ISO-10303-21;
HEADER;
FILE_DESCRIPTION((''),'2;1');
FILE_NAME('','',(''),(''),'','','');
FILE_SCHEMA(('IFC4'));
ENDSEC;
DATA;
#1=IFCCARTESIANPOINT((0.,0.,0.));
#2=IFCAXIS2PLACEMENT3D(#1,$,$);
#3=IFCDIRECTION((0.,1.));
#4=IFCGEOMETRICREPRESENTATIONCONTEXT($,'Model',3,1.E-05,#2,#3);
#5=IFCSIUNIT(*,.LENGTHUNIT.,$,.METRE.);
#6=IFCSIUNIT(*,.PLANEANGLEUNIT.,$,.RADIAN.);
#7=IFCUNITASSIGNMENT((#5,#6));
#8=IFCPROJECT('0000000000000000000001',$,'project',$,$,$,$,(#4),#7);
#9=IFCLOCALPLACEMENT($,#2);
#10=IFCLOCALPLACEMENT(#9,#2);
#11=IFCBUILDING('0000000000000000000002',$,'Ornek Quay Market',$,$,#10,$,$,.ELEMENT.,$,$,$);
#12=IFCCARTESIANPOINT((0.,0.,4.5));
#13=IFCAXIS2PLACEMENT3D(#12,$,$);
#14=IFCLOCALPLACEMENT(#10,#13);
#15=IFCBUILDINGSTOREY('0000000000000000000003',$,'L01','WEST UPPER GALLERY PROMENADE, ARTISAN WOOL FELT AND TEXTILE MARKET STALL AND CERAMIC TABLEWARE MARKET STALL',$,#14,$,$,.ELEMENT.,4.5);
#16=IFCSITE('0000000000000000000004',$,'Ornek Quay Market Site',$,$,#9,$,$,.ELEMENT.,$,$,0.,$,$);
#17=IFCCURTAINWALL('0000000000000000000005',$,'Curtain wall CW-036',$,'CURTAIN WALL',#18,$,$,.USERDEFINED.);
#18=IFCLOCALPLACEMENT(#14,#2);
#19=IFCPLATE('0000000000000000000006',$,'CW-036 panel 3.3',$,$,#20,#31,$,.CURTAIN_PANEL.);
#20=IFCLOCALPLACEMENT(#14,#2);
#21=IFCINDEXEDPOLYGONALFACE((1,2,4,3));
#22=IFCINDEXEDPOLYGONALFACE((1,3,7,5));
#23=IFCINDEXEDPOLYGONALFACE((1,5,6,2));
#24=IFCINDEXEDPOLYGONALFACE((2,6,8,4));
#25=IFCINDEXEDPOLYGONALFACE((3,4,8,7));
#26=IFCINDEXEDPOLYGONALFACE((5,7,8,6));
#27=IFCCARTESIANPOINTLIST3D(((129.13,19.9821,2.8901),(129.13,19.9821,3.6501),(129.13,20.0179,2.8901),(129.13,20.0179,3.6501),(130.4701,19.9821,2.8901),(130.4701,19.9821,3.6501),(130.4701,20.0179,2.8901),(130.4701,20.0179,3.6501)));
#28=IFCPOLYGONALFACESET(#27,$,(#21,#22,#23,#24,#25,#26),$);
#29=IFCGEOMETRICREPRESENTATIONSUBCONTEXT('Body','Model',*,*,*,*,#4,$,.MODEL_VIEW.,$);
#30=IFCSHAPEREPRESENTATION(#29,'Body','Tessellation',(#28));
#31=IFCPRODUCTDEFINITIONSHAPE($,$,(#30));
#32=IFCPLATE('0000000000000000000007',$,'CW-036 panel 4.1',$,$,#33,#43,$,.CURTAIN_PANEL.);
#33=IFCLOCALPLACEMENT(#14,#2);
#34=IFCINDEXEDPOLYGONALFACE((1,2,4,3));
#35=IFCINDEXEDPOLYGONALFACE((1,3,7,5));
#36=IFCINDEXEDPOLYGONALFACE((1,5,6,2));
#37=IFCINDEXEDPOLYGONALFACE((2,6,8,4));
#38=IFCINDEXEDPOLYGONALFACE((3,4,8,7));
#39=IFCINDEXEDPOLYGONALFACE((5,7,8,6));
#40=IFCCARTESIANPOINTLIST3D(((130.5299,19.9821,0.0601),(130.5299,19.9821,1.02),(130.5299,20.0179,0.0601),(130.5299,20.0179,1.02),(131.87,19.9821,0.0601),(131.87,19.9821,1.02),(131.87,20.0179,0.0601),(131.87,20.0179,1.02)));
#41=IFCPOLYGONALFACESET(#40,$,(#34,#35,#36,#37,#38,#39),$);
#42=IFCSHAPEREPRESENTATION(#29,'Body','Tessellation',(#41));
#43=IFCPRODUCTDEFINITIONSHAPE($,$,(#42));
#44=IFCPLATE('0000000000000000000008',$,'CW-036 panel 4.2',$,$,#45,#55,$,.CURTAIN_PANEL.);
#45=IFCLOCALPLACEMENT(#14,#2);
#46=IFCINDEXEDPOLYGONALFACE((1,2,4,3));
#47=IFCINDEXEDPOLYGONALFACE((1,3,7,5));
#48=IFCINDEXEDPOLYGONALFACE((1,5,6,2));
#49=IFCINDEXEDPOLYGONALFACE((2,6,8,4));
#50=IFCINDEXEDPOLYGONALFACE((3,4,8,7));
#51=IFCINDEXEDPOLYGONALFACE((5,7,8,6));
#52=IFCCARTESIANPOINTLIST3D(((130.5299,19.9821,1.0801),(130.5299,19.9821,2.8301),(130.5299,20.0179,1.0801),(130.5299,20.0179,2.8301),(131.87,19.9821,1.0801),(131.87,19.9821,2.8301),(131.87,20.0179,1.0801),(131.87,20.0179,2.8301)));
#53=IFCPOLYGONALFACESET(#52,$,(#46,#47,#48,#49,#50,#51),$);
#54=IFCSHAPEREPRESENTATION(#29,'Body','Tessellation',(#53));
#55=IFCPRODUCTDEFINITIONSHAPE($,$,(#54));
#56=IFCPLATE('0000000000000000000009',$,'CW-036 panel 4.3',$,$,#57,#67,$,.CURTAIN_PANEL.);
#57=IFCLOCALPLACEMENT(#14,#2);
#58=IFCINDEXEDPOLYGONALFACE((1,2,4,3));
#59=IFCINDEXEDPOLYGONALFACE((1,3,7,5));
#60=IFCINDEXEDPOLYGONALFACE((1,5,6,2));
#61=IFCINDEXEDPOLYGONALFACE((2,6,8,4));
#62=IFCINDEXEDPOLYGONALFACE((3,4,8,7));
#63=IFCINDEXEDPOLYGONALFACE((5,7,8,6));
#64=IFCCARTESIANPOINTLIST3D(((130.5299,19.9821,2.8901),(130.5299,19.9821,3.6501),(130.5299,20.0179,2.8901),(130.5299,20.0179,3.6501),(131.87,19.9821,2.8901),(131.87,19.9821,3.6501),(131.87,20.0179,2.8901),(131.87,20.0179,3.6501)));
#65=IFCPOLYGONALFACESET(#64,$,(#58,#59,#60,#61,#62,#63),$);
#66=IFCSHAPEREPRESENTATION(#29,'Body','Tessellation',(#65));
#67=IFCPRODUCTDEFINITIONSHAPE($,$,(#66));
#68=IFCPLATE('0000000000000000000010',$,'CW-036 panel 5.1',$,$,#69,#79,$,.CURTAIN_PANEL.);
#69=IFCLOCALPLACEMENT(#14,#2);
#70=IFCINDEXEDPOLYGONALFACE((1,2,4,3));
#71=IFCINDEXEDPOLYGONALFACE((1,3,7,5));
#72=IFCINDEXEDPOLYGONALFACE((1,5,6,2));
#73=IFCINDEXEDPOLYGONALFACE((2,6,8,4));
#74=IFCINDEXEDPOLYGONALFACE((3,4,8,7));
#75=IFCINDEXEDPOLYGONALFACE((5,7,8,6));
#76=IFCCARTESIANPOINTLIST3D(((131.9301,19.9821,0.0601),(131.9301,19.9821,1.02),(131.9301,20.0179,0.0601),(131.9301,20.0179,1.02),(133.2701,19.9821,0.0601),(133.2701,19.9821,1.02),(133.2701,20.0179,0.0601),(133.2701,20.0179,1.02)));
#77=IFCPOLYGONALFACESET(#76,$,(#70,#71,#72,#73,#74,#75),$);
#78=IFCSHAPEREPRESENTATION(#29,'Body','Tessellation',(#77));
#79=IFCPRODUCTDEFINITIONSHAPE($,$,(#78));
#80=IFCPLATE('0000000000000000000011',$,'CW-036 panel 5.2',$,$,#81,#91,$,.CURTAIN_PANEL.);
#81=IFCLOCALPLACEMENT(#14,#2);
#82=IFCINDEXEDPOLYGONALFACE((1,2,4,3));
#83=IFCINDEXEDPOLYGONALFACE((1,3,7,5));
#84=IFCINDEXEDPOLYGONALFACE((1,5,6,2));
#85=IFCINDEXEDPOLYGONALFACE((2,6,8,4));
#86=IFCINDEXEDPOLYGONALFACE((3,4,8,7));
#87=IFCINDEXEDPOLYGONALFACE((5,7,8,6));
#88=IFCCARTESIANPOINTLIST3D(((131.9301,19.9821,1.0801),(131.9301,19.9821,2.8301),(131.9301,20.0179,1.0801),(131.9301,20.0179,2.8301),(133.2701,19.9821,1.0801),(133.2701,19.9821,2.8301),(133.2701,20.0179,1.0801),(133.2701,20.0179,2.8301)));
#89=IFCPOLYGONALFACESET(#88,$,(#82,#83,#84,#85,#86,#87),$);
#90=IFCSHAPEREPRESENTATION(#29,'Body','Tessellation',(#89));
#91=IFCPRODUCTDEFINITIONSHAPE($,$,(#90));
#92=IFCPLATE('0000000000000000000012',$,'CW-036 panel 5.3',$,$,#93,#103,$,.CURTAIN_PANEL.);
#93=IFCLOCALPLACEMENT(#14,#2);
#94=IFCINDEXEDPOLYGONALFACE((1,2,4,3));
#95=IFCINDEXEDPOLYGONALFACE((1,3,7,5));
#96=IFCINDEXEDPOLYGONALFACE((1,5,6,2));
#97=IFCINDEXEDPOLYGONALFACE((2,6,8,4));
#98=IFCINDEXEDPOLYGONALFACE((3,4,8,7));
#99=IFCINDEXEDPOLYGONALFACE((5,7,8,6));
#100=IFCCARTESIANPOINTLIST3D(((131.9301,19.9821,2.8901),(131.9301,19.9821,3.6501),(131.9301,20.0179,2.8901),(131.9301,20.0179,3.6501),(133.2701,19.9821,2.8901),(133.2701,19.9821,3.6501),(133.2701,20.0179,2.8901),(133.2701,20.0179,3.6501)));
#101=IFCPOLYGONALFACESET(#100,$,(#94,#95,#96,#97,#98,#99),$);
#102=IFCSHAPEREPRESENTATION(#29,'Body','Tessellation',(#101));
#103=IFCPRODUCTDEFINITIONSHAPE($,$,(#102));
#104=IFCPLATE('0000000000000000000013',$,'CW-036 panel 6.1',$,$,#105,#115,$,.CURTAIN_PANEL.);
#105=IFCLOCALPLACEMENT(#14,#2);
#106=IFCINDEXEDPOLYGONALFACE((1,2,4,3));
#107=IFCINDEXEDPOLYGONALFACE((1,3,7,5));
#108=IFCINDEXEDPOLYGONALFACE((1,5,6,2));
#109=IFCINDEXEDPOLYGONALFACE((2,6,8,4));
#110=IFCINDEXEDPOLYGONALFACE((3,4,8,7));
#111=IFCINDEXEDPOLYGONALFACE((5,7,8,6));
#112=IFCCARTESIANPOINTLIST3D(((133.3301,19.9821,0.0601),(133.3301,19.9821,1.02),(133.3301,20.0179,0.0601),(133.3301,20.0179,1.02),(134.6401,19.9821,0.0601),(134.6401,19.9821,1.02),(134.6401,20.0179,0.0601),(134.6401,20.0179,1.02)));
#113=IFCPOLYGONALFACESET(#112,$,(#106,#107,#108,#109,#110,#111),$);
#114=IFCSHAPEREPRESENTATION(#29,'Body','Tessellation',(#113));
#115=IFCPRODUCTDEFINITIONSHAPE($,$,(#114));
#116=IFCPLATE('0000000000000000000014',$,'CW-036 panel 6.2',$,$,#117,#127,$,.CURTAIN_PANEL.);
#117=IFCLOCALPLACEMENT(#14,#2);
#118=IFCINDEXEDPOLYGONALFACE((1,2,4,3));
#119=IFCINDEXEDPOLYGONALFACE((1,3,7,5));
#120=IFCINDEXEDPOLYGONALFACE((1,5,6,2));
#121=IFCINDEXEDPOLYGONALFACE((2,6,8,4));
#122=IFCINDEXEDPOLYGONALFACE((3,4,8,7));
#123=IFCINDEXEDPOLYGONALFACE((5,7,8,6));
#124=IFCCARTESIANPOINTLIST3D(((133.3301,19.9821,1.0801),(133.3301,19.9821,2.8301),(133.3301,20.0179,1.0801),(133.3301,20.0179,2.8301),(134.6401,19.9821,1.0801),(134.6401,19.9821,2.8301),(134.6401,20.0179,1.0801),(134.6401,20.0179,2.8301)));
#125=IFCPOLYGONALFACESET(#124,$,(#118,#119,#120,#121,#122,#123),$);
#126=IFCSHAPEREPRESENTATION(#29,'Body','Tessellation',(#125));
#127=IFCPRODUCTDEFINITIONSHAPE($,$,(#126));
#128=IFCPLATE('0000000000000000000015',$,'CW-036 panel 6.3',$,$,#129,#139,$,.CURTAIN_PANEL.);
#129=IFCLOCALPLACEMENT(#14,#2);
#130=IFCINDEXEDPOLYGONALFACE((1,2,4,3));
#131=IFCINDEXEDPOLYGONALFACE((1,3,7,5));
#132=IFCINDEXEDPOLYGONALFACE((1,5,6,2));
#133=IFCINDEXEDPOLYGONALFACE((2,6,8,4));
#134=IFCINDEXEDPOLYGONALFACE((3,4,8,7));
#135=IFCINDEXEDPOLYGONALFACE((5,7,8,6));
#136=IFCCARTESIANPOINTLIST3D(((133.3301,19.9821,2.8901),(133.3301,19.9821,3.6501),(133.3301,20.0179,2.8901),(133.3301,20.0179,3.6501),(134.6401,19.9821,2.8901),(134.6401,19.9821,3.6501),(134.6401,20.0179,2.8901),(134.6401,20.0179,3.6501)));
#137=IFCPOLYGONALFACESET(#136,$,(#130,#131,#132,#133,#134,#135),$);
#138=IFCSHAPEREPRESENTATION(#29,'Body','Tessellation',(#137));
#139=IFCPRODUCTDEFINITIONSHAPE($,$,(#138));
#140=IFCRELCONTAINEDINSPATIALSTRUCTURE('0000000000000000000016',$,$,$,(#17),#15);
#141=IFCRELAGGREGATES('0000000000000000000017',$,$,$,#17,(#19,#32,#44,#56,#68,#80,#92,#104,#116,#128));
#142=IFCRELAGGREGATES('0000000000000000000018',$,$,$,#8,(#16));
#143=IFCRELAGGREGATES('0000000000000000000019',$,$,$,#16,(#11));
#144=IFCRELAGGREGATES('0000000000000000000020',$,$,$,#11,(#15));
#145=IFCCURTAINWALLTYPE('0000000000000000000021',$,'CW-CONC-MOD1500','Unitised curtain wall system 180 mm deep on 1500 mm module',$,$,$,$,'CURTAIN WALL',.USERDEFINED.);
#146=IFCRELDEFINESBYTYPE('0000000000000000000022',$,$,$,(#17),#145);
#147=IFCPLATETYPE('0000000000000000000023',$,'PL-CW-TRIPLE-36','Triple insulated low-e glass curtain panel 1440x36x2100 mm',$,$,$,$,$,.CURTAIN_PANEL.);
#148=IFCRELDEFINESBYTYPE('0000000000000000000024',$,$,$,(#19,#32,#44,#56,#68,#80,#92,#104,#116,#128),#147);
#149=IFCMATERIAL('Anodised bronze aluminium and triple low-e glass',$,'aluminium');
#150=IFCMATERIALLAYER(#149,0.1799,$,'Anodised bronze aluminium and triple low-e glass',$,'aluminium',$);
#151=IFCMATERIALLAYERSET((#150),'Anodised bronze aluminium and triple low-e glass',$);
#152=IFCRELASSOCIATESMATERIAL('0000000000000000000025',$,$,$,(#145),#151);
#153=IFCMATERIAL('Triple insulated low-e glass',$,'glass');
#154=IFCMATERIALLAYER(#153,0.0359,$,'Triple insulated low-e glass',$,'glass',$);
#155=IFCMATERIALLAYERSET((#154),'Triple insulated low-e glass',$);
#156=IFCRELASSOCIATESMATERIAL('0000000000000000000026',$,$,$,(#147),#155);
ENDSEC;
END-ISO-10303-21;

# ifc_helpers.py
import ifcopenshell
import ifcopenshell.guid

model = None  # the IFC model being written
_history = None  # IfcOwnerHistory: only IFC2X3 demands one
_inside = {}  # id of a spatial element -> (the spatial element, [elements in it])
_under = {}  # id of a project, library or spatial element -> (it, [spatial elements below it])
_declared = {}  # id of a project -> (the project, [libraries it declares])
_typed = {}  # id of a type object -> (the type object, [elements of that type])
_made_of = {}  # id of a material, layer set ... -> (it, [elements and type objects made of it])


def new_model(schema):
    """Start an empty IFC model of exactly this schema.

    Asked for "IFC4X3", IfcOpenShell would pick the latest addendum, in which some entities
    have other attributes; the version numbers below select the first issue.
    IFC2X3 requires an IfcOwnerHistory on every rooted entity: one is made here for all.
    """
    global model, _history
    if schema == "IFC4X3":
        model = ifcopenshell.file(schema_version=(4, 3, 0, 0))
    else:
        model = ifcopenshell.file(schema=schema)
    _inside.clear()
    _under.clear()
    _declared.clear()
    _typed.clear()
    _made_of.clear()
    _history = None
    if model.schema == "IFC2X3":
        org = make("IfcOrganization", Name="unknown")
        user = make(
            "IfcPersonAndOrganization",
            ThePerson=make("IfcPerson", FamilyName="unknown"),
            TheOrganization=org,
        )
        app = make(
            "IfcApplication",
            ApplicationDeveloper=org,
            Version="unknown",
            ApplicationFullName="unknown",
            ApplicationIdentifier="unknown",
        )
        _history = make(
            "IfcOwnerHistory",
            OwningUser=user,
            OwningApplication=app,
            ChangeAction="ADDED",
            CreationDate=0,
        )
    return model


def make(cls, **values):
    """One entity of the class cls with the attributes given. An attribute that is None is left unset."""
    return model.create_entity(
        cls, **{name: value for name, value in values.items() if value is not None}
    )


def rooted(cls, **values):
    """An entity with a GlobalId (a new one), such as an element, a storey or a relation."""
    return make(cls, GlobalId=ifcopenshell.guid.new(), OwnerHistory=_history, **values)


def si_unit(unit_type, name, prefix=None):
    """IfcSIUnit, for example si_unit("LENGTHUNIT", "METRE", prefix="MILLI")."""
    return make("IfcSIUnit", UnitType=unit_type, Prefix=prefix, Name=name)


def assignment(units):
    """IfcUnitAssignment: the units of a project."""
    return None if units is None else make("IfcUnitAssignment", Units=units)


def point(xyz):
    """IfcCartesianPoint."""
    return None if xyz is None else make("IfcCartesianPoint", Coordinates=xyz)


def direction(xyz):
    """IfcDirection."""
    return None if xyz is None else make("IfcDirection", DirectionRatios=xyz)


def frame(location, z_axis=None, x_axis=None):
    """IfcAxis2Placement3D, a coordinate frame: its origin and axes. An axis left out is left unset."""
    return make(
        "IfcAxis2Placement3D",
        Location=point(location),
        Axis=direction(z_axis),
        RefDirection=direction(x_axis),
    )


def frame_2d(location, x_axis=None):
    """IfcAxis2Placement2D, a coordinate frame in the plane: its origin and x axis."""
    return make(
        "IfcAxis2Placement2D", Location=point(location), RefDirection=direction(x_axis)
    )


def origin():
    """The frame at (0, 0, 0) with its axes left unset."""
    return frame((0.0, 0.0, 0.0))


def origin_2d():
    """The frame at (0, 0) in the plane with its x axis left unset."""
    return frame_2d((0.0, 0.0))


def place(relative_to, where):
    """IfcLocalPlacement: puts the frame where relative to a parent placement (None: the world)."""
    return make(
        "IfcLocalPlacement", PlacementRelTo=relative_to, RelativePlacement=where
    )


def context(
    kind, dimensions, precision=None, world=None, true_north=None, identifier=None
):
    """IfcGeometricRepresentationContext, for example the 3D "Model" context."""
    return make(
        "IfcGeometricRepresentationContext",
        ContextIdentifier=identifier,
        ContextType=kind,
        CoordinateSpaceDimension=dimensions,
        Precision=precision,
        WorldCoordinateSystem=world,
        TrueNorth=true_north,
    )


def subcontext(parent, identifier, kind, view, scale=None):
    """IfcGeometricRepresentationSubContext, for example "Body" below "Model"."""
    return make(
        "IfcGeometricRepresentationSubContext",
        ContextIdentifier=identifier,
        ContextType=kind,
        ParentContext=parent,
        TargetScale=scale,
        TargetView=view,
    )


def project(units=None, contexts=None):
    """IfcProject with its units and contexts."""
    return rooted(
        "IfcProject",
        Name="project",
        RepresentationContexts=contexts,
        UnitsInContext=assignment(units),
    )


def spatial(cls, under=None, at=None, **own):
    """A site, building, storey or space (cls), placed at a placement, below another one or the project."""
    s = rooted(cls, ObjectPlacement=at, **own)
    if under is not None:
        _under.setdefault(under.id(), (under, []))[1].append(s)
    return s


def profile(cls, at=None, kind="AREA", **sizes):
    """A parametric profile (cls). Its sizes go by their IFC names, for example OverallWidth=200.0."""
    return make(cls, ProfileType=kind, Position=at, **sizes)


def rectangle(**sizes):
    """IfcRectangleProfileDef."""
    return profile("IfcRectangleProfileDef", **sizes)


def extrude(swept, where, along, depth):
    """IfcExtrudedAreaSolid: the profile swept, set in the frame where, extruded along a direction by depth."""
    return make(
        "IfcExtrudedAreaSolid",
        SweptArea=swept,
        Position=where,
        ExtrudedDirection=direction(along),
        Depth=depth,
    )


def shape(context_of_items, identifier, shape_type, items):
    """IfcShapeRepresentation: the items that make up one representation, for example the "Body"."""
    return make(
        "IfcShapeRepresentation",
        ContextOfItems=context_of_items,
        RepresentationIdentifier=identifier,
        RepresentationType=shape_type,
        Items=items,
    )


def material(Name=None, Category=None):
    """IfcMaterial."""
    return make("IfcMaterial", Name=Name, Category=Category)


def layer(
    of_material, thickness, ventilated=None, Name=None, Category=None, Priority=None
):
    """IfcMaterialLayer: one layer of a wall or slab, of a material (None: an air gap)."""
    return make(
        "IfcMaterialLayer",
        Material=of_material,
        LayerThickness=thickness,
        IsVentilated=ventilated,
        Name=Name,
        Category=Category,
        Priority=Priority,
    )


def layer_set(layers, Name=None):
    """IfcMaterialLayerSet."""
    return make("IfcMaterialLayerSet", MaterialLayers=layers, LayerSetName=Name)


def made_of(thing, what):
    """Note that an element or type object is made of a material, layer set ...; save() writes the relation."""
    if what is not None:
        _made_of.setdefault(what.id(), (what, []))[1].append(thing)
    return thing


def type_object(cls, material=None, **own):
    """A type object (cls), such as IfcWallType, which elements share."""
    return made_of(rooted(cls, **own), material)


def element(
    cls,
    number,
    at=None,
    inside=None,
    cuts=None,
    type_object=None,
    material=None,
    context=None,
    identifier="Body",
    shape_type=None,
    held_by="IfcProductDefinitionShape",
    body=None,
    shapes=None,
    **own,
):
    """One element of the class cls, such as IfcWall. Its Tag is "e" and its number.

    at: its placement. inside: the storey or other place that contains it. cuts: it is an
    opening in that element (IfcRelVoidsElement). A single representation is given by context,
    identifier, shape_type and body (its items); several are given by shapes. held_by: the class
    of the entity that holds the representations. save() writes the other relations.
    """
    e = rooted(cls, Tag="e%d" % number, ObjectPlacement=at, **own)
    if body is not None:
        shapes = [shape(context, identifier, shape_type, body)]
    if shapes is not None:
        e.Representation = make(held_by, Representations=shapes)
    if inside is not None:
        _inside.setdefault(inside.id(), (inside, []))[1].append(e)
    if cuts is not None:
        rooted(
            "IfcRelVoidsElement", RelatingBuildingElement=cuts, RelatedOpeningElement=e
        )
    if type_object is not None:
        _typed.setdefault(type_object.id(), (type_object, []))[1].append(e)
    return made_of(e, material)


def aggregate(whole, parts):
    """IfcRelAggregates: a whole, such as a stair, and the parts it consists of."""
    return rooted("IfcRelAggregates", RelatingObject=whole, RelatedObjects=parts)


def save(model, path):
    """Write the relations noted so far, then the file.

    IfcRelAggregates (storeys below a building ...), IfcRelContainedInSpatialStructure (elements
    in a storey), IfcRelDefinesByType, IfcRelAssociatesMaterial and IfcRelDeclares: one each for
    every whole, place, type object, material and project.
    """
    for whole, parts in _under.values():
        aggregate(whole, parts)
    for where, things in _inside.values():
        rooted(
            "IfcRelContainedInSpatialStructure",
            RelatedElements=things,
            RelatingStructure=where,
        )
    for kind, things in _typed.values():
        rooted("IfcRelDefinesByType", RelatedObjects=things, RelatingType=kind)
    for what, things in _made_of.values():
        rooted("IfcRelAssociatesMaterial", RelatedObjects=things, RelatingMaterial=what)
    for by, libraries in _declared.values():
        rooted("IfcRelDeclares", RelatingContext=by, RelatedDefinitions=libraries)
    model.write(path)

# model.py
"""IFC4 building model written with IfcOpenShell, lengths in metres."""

from ifc_helpers import new_model, si_unit, direction, frame, origin, origin_2d, place, context, subcontext, project, spatial, rectangle, extrude, material, layer, layer_set, type_object, element, aggregate, save


model = new_model("IFC4")

# Units and contexts
model_context = context("Model", 3, precision=1e-05, world=origin(), true_north=direction((0.0, 1.0)))
body_context = subcontext(model_context, "Body", "Model", "MODEL_VIEW")
ifc_project = project(units=[si_unit("LENGTHUNIT", "METRE"), si_unit("PLANEANGLEUNIT", "RADIAN")], contexts=[model_context])

# Site, building, storey
site_placement = place(None, origin())
site = spatial("IfcSite", under=ifc_project, at=site_placement, Name="Ornek Quay Market Site", CompositionType="ELEMENT", RefElevation=0.0)
building_placement = place(site_placement, origin())
building = spatial("IfcBuilding", under=site, at=building_placement, Name="Ornek Quay Market", CompositionType="ELEMENT")
storey_placement = place(building_placement, frame((0.0, 0.0, 4.5)))
storey = spatial("IfcBuildingStorey", under=building, at=storey_placement, Name="L01", Description="WEST UPPER GALLERY PROMENADE, ARTISAN WOOL FELT AND TEXTILE MARKET STALL AND CERAMIC TABLEWARE MARKET STALL", CompositionType="ELEMENT", Elevation=4.5)

# Curtain wall
ifc_material_1 = material(Name="Anodised bronze aluminium and triple low-e glass", Category="aluminium")
ifc_layer_1 = layer(ifc_material_1, 0.1799, Name="Anodised bronze aluminium and triple low-e glass", Category="aluminium")
ifc_layer_set_1 = layer_set([ifc_layer_1], Name="Anodised bronze aluminium and triple low-e glass")
curtain_wall_type = type_object("IfcCurtainWallType", Name="CW-CONC-MOD1500", Description="Unitised curtain wall system 180 mm deep on 1500 mm module", ElementType="CURTAIN WALL", PredefinedType="USERDEFINED", material=ifc_layer_set_1)
curtain_wall_1_placement = place(storey_placement, origin())
curtain_wall_1 = element("IfcCurtainWall", 1, at=curtain_wall_1_placement, inside=storey, type_object=curtain_wall_type, Name="Curtain wall CW-036", ObjectType="CURTAIN WALL", PredefinedType="USERDEFINED")

# Plates
ifc_material_2 = material(Name="Triple insulated low-e glass", Category="glass")
ifc_layer_2 = layer(ifc_material_2, 0.0359, Name="Triple insulated low-e glass", Category="glass")
ifc_layer_set_2 = layer_set([ifc_layer_2], Name="Triple insulated low-e glass")
plate_type = type_object("IfcPlateType", Name="PL-CW-TRIPLE-36", Description="Triple insulated low-e glass curtain panel 1440x36x2100 mm", PredefinedType="CURTAIN_PANEL", material=ifc_layer_set_2)
plate_1_placement = place(storey_placement, frame((129.8, 20.0, 2.8901), z_axis=(0.0, 0.0, 1.0), x_axis=(1.0, 0.0, 0.0)))
plate_1 = element("IfcPlate", 2, at=plate_1_placement, type_object=plate_type, Name="CW-036 panel 3.3", PredefinedType="CURTAIN_PANEL", context=body_context, shape_type="SweptSolid", body=[
    extrude(rectangle(XDim=1.3401, YDim=0.0359, at=origin_2d()), origin(), (0.0, 0.0, 1.0), 0.76),
])
plate_2_placement = place(storey_placement, frame((131.2, 20.0, 0.0601), z_axis=(0.0, 0.0, 1.0), x_axis=(1.0, 0.0, 0.0)))
plate_2 = element("IfcPlate", 3, at=plate_2_placement, type_object=plate_type, Name="CW-036 panel 4.1", PredefinedType="CURTAIN_PANEL", context=body_context, shape_type="SweptSolid", body=[
    extrude(rectangle(XDim=1.3401, YDim=0.0359, at=origin_2d()), origin(), (0.0, 0.0, 1.0), 0.96),
])
plate_3_placement = place(storey_placement, frame((131.2, 20.0, 1.0801), z_axis=(0.0, 0.0, 1.0), x_axis=(1.0, 0.0, 0.0)))
plate_3 = element("IfcPlate", 4, at=plate_3_placement, type_object=plate_type, Name="CW-036 panel 4.2", PredefinedType="CURTAIN_PANEL", context=body_context, shape_type="SweptSolid", body=[
    extrude(rectangle(XDim=1.3401, YDim=0.0359, at=origin_2d()), origin(), (0.0, 0.0, 1.0), 1.75),
])
plate_4_placement = place(storey_placement, frame((131.2, 20.0, 2.8901), z_axis=(0.0, 0.0, 1.0), x_axis=(1.0, 0.0, 0.0)))
plate_4 = element("IfcPlate", 5, at=plate_4_placement, type_object=plate_type, Name="CW-036 panel 4.3", PredefinedType="CURTAIN_PANEL", context=body_context, shape_type="SweptSolid", body=[
    extrude(rectangle(XDim=1.3401, YDim=0.0359, at=origin_2d()), origin(), (0.0, 0.0, 1.0), 0.76),
])
plate_5_placement = place(storey_placement, frame((132.6001, 20.0, 0.0601), z_axis=(0.0, 0.0, 1.0), x_axis=(1.0, 0.0, 0.0)))
plate_5 = element("IfcPlate", 6, at=plate_5_placement, type_object=plate_type, Name="CW-036 panel 5.1", PredefinedType="CURTAIN_PANEL", context=body_context, shape_type="SweptSolid", body=[
    extrude(rectangle(XDim=1.3401, YDim=0.0359, at=origin_2d()), origin(), (0.0, 0.0, 1.0), 0.96),
])
plate_6_placement = place(storey_placement, frame((132.6001, 20.0, 1.0801), z_axis=(0.0, 0.0, 1.0), x_axis=(1.0, 0.0, 0.0)))
plate_6 = element("IfcPlate", 7, at=plate_6_placement, type_object=plate_type, Name="CW-036 panel 5.2", PredefinedType="CURTAIN_PANEL", context=body_context, shape_type="SweptSolid", body=[
    extrude(rectangle(XDim=1.3401, YDim=0.0359, at=origin_2d()), origin(), (0.0, 0.0, 1.0), 1.75),
])
plate_7_placement = place(storey_placement, frame((132.6001, 20.0, 2.8901), z_axis=(0.0, 0.0, 1.0), x_axis=(1.0, 0.0, 0.0)))
plate_7 = element("IfcPlate", 8, at=plate_7_placement, type_object=plate_type, Name="CW-036 panel 5.3", PredefinedType="CURTAIN_PANEL", context=body_context, shape_type="SweptSolid", body=[
    extrude(rectangle(XDim=1.3401, YDim=0.0359, at=origin_2d()), origin(), (0.0, 0.0, 1.0), 0.76),
])
plate_8_placement = place(storey_placement, frame((133.9851, 20.0, 0.0601), z_axis=(0.0, 0.0, 1.0), x_axis=(1.0, 0.0, 0.0)))
plate_8 = element("IfcPlate", 9, at=plate_8_placement, type_object=plate_type, Name="CW-036 panel 6.1", PredefinedType="CURTAIN_PANEL", context=body_context, shape_type="SweptSolid", body=[
    extrude(rectangle(XDim=1.3101, YDim=0.0359, at=origin_2d()), origin(), (0.0, 0.0, 1.0), 0.96),
])
plate_9_placement = place(storey_placement, frame((133.9851, 20.0, 1.0801), z_axis=(0.0, 0.0, 1.0), x_axis=(1.0, 0.0, 0.0)))
plate_9 = element("IfcPlate", 10, at=plate_9_placement, type_object=plate_type, Name="CW-036 panel 6.2", PredefinedType="CURTAIN_PANEL", context=body_context, shape_type="SweptSolid", body=[
    extrude(rectangle(XDim=1.3101, YDim=0.0359, at=origin_2d()), origin(), (0.0, 0.0, 1.0), 1.75),
])
plate_10_placement = place(storey_placement, frame((133.9851, 20.0, 2.8901), z_axis=(0.0, 0.0, 1.0), x_axis=(1.0, 0.0, 0.0)))
plate_10 = element("IfcPlate", 11, at=plate_10_placement, type_object=plate_type, Name="CW-036 panel 6.3", PredefinedType="CURTAIN_PANEL", context=body_context, shape_type="SweptSolid", body=[
    extrude(rectangle(XDim=1.3101, YDim=0.0359, at=origin_2d()), origin(), (0.0, 0.0, 1.0), 0.76),
])
aggregate(curtain_wall_1, [plate_1, plate_2, plate_3, plate_4, plate_5, plate_6, plate_7, plate_8, plate_9, plate_10])

save(model, "model.ifc")
